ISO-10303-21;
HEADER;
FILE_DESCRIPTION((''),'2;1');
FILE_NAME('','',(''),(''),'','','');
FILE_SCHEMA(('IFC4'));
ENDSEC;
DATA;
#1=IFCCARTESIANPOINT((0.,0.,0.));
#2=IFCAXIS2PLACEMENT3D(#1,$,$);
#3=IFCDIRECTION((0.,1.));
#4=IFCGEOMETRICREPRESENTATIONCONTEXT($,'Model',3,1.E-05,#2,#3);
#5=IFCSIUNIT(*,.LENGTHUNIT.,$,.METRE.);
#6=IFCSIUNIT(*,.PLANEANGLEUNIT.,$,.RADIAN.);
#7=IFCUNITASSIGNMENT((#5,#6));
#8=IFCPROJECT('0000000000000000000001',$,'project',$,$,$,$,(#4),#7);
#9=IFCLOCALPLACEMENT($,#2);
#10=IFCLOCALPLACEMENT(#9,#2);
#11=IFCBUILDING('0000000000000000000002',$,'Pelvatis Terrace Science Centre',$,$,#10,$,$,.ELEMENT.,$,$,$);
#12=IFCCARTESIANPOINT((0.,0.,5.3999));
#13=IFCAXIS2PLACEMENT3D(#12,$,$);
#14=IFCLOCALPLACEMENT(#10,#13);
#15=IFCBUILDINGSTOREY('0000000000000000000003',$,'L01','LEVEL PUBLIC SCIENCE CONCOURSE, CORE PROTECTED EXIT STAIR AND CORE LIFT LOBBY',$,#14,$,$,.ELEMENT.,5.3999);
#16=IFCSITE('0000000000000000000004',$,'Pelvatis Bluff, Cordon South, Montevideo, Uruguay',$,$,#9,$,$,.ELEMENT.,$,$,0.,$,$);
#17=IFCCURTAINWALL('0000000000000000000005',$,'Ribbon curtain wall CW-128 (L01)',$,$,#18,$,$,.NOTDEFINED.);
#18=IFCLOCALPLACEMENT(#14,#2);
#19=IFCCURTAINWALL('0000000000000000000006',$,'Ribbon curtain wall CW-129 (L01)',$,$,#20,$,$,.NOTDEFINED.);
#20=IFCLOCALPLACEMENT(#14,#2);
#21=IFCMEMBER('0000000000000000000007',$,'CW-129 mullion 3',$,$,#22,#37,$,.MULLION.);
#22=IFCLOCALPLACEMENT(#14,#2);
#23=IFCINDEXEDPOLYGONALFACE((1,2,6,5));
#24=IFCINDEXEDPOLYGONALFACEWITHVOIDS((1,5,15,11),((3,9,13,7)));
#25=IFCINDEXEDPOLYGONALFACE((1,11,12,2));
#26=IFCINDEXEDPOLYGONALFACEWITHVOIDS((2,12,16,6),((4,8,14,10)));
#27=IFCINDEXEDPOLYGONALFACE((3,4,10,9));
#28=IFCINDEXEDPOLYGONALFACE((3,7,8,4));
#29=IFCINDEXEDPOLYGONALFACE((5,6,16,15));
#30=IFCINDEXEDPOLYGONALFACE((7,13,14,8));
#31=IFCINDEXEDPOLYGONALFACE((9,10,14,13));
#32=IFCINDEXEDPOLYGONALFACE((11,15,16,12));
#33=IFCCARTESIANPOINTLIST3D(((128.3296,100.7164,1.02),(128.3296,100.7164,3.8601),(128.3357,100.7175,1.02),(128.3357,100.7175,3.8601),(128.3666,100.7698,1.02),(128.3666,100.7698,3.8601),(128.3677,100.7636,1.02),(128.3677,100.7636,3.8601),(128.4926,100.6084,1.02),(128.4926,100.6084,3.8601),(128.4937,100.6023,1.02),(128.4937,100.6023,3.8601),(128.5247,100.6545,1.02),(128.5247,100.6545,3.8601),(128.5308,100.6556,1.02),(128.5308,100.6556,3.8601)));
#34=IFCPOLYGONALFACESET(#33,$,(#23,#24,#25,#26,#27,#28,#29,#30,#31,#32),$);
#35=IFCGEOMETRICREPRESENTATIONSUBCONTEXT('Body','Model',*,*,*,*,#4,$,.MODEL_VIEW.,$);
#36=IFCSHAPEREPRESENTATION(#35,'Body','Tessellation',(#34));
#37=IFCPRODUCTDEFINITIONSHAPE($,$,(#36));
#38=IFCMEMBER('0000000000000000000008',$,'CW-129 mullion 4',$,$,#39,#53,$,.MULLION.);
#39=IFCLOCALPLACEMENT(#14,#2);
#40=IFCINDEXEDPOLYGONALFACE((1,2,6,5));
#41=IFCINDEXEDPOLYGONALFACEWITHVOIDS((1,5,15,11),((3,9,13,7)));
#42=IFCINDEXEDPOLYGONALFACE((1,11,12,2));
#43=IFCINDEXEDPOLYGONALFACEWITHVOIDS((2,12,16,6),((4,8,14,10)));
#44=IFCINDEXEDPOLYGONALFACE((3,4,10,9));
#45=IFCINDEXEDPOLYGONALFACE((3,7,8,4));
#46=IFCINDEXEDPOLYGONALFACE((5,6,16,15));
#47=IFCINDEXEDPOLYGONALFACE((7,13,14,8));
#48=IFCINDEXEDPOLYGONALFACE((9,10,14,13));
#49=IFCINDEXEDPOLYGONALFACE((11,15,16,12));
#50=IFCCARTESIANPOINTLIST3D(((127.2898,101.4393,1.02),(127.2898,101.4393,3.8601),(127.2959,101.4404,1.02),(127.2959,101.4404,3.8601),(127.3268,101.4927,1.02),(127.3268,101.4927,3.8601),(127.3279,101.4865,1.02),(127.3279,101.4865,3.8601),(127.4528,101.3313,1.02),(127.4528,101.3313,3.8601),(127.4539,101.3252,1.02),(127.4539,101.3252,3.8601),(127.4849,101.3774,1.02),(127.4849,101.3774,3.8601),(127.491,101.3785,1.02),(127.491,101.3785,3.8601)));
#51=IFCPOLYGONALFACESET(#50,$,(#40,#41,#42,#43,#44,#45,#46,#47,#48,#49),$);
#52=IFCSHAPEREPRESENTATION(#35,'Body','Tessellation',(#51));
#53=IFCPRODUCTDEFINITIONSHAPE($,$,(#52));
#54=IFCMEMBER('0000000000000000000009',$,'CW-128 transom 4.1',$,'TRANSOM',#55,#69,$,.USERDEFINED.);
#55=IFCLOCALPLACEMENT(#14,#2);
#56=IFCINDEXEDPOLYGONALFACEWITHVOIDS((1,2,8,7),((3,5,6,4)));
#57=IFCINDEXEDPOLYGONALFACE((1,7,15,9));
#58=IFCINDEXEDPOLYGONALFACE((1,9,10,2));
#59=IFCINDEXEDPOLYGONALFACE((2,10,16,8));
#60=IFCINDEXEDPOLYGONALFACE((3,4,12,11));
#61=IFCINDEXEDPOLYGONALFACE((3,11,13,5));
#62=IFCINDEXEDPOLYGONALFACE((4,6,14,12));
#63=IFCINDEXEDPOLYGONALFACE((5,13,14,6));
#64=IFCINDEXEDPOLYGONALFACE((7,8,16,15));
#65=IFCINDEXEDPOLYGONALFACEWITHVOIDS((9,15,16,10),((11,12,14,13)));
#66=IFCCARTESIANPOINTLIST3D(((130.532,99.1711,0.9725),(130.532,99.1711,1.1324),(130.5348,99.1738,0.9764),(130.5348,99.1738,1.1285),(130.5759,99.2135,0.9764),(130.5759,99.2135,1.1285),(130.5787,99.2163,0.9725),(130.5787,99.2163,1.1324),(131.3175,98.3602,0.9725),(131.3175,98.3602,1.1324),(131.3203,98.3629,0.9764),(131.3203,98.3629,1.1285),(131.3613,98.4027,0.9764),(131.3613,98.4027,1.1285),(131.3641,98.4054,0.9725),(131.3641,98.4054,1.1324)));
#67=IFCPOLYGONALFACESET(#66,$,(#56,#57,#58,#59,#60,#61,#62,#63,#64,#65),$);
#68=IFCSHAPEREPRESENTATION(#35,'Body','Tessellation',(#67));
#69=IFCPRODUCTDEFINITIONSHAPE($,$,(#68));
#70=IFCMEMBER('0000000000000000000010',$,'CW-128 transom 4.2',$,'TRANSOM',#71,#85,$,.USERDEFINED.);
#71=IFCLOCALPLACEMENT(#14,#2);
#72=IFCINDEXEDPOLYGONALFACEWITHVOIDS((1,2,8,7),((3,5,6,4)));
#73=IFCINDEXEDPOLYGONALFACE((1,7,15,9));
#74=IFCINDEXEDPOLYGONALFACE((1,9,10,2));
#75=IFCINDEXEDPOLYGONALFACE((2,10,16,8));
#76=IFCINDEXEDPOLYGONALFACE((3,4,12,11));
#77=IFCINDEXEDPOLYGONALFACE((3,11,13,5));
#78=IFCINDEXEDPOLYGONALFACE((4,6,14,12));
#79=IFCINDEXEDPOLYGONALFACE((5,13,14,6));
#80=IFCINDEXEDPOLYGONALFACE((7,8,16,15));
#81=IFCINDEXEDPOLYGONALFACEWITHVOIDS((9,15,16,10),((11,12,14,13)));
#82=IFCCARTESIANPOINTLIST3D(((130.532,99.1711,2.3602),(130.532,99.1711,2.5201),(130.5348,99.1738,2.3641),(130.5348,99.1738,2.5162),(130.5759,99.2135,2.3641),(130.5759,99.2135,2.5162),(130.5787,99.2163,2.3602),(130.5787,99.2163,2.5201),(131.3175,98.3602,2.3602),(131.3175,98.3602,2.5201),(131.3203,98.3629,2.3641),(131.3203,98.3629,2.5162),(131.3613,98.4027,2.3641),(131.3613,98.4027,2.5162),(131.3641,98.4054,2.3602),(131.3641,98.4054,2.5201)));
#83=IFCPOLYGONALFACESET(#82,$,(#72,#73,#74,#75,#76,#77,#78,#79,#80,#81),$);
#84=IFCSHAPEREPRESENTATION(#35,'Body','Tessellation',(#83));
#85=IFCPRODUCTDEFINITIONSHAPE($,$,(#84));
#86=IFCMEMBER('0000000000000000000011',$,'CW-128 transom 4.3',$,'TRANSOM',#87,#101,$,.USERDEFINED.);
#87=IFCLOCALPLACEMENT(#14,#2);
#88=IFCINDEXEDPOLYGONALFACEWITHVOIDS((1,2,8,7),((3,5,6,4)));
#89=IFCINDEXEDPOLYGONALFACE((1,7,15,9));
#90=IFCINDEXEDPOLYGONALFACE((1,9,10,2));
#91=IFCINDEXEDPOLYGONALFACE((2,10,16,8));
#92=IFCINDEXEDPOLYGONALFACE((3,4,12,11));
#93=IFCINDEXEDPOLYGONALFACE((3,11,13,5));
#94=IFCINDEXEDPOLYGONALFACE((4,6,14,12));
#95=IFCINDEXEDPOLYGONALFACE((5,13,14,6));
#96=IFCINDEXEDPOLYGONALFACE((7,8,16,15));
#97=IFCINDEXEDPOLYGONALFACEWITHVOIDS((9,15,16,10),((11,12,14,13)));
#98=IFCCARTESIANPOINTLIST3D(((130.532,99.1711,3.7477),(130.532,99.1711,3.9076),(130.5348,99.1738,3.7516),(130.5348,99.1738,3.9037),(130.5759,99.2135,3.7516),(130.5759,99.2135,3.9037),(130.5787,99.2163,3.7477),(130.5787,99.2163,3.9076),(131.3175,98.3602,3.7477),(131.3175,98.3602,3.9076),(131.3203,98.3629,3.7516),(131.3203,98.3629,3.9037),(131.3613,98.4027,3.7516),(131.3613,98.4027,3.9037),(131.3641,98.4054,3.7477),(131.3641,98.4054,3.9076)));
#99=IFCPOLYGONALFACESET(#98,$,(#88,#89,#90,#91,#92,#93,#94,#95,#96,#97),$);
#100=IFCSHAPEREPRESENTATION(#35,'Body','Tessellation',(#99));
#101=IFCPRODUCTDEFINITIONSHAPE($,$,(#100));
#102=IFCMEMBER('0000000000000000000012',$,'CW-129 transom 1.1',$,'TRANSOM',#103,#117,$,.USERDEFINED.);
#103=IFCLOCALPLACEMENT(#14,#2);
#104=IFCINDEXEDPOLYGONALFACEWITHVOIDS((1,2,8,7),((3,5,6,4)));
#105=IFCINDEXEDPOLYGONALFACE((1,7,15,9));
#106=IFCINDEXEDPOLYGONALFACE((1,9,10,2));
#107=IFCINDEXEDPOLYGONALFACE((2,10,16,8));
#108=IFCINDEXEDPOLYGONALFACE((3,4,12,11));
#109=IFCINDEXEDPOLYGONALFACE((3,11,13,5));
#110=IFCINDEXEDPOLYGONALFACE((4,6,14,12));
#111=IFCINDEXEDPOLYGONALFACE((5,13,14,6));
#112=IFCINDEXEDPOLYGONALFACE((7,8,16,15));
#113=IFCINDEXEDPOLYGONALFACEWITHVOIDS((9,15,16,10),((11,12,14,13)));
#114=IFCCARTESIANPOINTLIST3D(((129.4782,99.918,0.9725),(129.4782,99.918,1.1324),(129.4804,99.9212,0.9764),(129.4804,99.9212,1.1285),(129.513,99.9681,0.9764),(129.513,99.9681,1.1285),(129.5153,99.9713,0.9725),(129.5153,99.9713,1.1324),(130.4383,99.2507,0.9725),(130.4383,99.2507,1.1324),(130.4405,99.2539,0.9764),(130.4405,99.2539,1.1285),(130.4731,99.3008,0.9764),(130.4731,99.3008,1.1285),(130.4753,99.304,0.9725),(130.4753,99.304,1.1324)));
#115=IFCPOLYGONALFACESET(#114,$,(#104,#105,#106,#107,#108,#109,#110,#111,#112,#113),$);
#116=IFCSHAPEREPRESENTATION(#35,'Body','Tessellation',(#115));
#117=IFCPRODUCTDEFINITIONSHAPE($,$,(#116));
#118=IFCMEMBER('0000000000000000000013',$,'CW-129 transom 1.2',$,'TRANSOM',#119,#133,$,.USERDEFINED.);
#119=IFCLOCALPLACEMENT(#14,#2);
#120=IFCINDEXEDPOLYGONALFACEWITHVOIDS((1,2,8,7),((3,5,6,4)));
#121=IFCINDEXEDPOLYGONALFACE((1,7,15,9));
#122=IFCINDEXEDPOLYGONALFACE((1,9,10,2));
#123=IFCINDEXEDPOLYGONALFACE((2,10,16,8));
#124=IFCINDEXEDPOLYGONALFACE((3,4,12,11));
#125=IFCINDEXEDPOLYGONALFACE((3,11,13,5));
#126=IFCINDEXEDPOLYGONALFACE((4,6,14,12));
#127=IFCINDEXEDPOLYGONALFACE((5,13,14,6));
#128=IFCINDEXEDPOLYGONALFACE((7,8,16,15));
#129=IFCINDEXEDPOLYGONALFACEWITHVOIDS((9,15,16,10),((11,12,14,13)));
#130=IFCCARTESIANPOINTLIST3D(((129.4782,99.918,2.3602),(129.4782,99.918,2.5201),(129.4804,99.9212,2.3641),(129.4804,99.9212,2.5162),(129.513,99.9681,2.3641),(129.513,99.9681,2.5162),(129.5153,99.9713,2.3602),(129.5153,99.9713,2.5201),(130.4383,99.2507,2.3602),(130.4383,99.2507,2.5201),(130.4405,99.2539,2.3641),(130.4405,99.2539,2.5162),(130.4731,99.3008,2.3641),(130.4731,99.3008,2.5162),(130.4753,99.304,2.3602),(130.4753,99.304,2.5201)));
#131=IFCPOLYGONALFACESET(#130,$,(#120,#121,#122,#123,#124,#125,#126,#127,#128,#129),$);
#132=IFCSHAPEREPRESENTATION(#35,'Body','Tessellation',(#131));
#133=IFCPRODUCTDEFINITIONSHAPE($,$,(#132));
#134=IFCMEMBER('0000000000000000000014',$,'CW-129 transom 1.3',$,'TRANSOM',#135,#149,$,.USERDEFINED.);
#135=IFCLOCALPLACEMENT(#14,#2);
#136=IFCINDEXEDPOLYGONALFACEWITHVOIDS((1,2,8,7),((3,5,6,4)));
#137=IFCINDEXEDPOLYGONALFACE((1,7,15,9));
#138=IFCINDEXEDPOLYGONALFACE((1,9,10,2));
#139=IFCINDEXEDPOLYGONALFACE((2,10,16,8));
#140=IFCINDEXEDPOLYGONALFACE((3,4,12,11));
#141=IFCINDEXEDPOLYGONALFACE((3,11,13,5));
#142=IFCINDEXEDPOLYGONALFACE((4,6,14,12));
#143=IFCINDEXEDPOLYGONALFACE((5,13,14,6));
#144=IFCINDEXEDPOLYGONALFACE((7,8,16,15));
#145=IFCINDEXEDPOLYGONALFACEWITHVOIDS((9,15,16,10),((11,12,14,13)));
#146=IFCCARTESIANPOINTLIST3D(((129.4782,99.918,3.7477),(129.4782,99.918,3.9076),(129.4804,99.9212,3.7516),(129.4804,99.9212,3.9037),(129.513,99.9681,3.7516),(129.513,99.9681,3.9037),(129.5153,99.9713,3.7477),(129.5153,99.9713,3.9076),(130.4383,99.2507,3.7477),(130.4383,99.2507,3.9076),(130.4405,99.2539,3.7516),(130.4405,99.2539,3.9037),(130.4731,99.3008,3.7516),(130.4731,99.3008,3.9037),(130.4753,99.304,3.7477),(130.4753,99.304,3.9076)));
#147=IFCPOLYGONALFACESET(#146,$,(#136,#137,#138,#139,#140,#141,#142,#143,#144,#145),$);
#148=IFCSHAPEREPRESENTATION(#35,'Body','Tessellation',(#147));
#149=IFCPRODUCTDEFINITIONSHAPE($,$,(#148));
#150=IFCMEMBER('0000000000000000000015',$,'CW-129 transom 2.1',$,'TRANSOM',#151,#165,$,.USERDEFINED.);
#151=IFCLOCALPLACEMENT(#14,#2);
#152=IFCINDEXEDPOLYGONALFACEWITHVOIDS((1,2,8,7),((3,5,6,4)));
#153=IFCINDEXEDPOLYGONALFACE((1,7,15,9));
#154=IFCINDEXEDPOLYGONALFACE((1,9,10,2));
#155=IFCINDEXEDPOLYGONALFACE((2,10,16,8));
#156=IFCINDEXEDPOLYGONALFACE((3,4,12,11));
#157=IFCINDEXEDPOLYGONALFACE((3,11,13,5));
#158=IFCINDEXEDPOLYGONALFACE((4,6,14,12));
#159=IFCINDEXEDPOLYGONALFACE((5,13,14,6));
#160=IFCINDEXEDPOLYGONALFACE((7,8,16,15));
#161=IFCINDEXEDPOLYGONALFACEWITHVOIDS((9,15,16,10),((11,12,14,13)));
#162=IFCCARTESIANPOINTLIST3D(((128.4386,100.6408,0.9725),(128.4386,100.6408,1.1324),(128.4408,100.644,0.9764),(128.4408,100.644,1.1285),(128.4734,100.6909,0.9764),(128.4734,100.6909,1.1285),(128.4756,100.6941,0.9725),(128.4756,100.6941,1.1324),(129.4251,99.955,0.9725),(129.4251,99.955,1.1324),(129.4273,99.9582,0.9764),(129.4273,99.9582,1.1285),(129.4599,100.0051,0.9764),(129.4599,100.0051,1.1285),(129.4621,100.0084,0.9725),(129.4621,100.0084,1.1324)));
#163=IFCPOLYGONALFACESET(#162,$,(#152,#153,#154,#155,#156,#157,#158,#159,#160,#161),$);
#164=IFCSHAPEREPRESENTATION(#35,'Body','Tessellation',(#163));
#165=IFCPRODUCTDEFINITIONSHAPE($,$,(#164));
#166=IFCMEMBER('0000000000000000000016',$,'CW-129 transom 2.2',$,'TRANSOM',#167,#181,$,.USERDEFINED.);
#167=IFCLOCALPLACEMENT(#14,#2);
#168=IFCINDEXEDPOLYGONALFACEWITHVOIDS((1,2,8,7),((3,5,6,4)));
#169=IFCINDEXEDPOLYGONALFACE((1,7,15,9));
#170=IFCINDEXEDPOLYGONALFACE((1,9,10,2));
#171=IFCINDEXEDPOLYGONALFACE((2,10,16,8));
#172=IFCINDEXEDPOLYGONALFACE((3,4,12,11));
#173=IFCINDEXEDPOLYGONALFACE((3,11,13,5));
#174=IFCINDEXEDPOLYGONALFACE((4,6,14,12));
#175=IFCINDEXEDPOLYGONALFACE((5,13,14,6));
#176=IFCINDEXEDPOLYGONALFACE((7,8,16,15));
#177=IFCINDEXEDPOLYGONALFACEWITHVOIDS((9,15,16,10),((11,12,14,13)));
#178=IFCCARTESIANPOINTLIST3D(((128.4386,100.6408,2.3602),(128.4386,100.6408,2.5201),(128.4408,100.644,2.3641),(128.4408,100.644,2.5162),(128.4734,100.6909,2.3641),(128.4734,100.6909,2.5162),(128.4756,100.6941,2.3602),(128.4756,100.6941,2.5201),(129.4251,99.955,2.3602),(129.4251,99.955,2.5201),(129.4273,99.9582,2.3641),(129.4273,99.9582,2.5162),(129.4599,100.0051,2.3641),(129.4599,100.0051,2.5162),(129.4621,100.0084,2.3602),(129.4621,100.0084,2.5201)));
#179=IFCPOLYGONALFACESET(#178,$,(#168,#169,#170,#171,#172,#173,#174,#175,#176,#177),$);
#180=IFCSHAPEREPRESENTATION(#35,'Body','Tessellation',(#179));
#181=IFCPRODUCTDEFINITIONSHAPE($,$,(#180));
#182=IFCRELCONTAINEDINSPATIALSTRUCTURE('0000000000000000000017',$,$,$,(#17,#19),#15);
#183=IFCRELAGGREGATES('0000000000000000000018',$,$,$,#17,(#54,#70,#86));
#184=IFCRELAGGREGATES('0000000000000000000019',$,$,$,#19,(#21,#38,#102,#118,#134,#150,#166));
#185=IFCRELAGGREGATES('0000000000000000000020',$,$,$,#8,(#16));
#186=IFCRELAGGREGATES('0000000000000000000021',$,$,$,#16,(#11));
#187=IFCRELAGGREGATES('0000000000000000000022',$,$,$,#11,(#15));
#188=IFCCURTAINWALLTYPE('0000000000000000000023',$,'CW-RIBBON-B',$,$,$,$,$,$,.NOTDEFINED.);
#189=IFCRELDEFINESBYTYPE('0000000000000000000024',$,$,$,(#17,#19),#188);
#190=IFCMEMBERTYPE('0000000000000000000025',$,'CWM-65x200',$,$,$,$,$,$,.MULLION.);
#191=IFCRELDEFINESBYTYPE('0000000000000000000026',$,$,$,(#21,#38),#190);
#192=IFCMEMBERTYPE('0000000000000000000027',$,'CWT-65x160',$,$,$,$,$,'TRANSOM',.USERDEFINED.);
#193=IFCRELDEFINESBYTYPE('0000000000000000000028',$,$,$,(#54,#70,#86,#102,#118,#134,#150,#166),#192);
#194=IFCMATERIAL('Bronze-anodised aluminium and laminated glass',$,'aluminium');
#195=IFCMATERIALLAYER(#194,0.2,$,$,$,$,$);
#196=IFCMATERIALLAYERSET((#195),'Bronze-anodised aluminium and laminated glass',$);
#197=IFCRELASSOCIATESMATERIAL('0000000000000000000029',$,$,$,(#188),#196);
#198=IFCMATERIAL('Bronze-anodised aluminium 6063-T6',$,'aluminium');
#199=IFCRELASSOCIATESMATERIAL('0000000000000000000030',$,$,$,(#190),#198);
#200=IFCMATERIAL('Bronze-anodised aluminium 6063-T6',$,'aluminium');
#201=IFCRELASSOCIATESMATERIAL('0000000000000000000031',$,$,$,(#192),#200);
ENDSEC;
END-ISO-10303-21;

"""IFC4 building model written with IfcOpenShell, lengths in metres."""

from ifc_helpers import new_model, si_unit, direction, frame, origin, origin_2d, place, context, subcontext, project, spatial, hollow_rectangle, extrude, material, layer, layer_set, material_profile, profile_set, type_object, element, aggregate, save


model = new_model("IFC4")

# Units and contexts
model_context = context("Model", 3, precision=1e-05, world=origin(), true_north=direction((0.0, 1.0)))
body_context = subcontext(model_context, "Body", "Model", "MODEL_VIEW")
ifc_project = project(units=[si_unit("LENGTHUNIT", "METRE"), si_unit("PLANEANGLEUNIT", "RADIAN")], contexts=[model_context])

# Site, building, storey
site_placement = place(None, origin())
site = spatial("IfcSite", under=ifc_project, at=site_placement, Name="Pelvatis Bluff, Cordon South, Montevideo, Uruguay", CompositionType="ELEMENT", RefElevation=0.0)
building_placement = place(site_placement, origin())
building = spatial("IfcBuilding", under=site, at=building_placement, Name="Pelvatis Terrace Science Centre", CompositionType="ELEMENT")
storey_placement = place(building_placement, frame((0.0, 0.0, 5.3999)))
storey = spatial("IfcBuildingStorey", under=building, at=storey_placement, Name="L01", Description="LEVEL PUBLIC SCIENCE CONCOURSE, CORE PROTECTED EXIT STAIR AND CORE LIFT LOBBY", CompositionType="ELEMENT", Elevation=5.3999)

# Curtain walls, members
ifc_material_1 = material(Name="Bronze-anodised aluminium and laminated glass", Category="aluminium")
ifc_layer_1 = layer(ifc_material_1, 0.2)
ifc_layer_set_1 = layer_set([ifc_layer_1], Name="Bronze-anodised aluminium and laminated glass")
curtain_wall_type = type_object("IfcCurtainWallType", Name="CW-RIBBON-B", PredefinedType="NOTDEFINED", material=ifc_layer_set_1)
curtain_wall_1_placement = place(storey_placement, origin())
curtain_wall_1 = element("IfcCurtainWall", 1, at=curtain_wall_1_placement, inside=storey, type_object=curtain_wall_type, Name="Ribbon curtain wall CW-128 (L01)", PredefinedType="NOTDEFINED")
ifc_material_2 = material(Name="Bronze-anodised aluminium 6063-T6", Category="aluminium")
ifc_material_profile_1 = material_profile(ifc_material_2, hollow_rectangle(XDim=0.0649, YDim=0.2, WallThickness=0.0044, at=origin_2d()), Name="ALU-MUL 65x200")
ifc_profile_set_1 = profile_set([ifc_material_profile_1], Name="Bronze-anodised aluminium 6063-T6")
member_type_1 = type_object("IfcMemberType", Name="CWM-65x200", PredefinedType="MULLION", material=ifc_profile_set_1)
curtain_wall_2_placement = place(storey_placement, origin())
curtain_wall_2 = element("IfcCurtainWall", 2, at=curtain_wall_2_placement, inside=storey, type_object=curtain_wall_type, Name="Ribbon curtain wall CW-129 (L01)", PredefinedType="NOTDEFINED")
member_1_placement = place(storey_placement, frame((128.4302, 100.686, 1.02), z_axis=(0.0, 0.0, 1.0), x_axis=(-0.570771, -0.821109, 0.0)))
member_1 = element("IfcMember", 3, at=member_1_placement, type_object=member_type_1, Name="CW-129 mullion 3", PredefinedType="MULLION", context=body_context, shape_type="SweptSolid", body=[
    extrude(hollow_rectangle(XDim=0.0649, YDim=0.2, WallThickness=0.0044, at=origin_2d()), origin(), (0.0, 0.0, 1.0), 2.8401),
])
member_2_placement = place(storey_placement, frame((127.3904, 101.4089, 1.02), z_axis=(0.0, 0.0, 1.0), x_axis=(-0.570771, -0.821109, 0.0)))
member_2 = element("IfcMember", 4, at=member_2_placement, type_object=member_type_1, Name="CW-129 mullion 4", PredefinedType="MULLION", context=body_context, shape_type="SweptSolid", body=[
    extrude(hollow_rectangle(XDim=0.0649, YDim=0.2, WallThickness=0.0044, at=origin_2d()), origin(), (0.0, 0.0, 1.0), 2.8401),
])

# Members
ifc_material_3 = material(Name="Bronze-anodised aluminium 6063-T6", Category="aluminium")
ifc_material_profile_2 = material_profile(ifc_material_3, hollow_rectangle(XDim=0.0649, YDim=0.1599, WallThickness=0.0039, at=origin_2d()), Name="ALU-TRN 65x160")
ifc_profile_set_2 = profile_set([ifc_material_profile_2], Name="Bronze-anodised aluminium 6063-T6")
member_type_2 = type_object("IfcMemberType", Name="CWT-65x160", ElementType="TRANSOM", PredefinedType="USERDEFINED", material=ifc_profile_set_2)
member_3_placement = place(storey_placement, frame((131.3408, 98.3828, 1.0525), z_axis=(-0.695771, 0.718264, 0.0), x_axis=(-0.718264, -0.695771, 0.0)))
member_3 = element("IfcMember", 5, at=member_3_placement, type_object=member_type_2, Name="CW-128 transom 4.1", ObjectType="TRANSOM", PredefinedType="USERDEFINED", context=body_context, shape_type="SweptSolid", body=[
    extrude(hollow_rectangle(XDim=0.0649, YDim=0.1599, WallThickness=0.0039, at=origin_2d()), origin(), (0.0, 0.0, 1.0), 1.1289),
])
member_4_placement = place(storey_placement, frame((131.3408, 98.3828, 2.4402), z_axis=(-0.695771, 0.718264, 0.0), x_axis=(-0.718264, -0.695771, 0.0)))
member_4 = element("IfcMember", 6, at=member_4_placement, type_object=member_type_2, Name="CW-128 transom 4.2", ObjectType="TRANSOM", PredefinedType="USERDEFINED", context=body_context, shape_type="SweptSolid", body=[
    extrude(hollow_rectangle(XDim=0.0649, YDim=0.1599, WallThickness=0.0039, at=origin_2d()), origin(), (0.0, 0.0, 1.0), 1.1289),
])
member_5_placement = place(storey_placement, frame((131.3408, 98.3828, 3.8276), z_axis=(-0.695771, 0.718264, 0.0), x_axis=(-0.718264, -0.695771, 0.0)))
member_5 = element("IfcMember", 7, at=member_5_placement, type_object=member_type_2, Name="CW-128 transom 4.3", ObjectType="TRANSOM", PredefinedType="USERDEFINED", context=body_context, shape_type="SweptSolid", body=[
    extrude(hollow_rectangle(XDim=0.0649, YDim=0.1599, WallThickness=0.0039, at=origin_2d()), origin(), (0.0, 0.0, 1.0), 1.1289),
])
member_6_placement = place(storey_placement, frame((130.4568, 99.2773, 1.0525), z_axis=(-0.821131, 0.57074, 0.0), x_axis=(-0.57074, -0.821131, 0.0)))
member_6 = element("IfcMember", 8, at=member_6_placement, type_object=member_type_2, Name="CW-129 transom 1.1", ObjectType="TRANSOM", PredefinedType="USERDEFINED", context=body_context, shape_type="SweptSolid", body=[
    extrude(hollow_rectangle(XDim=0.0649, YDim=0.1599, WallThickness=0.0039, at=origin_2d()), origin(), (0.0, 0.0, 1.0), 1.1692),
])
member_7_placement = place(storey_placement, frame((130.4568, 99.2773, 2.4402), z_axis=(-0.821131, 0.57074, 0.0), x_axis=(-0.57074, -0.821131, 0.0)))
member_7 = element("IfcMember", 9, at=member_7_placement, type_object=member_type_2, Name="CW-129 transom 1.2", ObjectType="TRANSOM", PredefinedType="USERDEFINED", context=body_context, shape_type="SweptSolid", body=[
    extrude(hollow_rectangle(XDim=0.0649, YDim=0.1599, WallThickness=0.0039, at=origin_2d()), origin(), (0.0, 0.0, 1.0), 1.1692),
])
member_8_placement = place(storey_placement, frame((130.4568, 99.2773, 3.8276), z_axis=(-0.821131, 0.57074, 0.0), x_axis=(-0.57074, -0.821131, 0.0)))
member_8 = element("IfcMember", 10, at=member_8_placement, type_object=member_type_2, Name="CW-129 transom 1.3", ObjectType="TRANSOM", PredefinedType="USERDEFINED", context=body_context, shape_type="SweptSolid", body=[
    extrude(hollow_rectangle(XDim=0.0649, YDim=0.1599, WallThickness=0.0039, at=origin_2d()), origin(), (0.0, 0.0, 1.0), 1.1692),
])
member_9_placement = place(storey_placement, frame((129.4436, 99.9817, 1.0525), z_axis=(-0.821108, 0.570773, 0.0), x_axis=(-0.570773, -0.821108, 0.0)))
member_9 = element("IfcMember", 11, at=member_9_placement, type_object=member_type_2, Name="CW-129 transom 2.1", ObjectType="TRANSOM", PredefinedType="USERDEFINED", context=body_context, shape_type="SweptSolid", body=[
    extrude(hollow_rectangle(XDim=0.0649, YDim=0.1599, WallThickness=0.0039, at=origin_2d()), origin(), (0.0, 0.0, 1.0), 1.2014),
])
member_10_placement = place(storey_placement, frame((129.4436, 99.9817, 2.4402), z_axis=(-0.821108, 0.570773, 0.0), x_axis=(-0.570773, -0.821108, 0.0)))
member_10 = element("IfcMember", 12, at=member_10_placement, type_object=member_type_2, Name="CW-129 transom 2.2", ObjectType="TRANSOM", PredefinedType="USERDEFINED", context=body_context, shape_type="SweptSolid", body=[
    extrude(hollow_rectangle(XDim=0.0649, YDim=0.1599, WallThickness=0.0039, at=origin_2d()), origin(), (0.0, 0.0, 1.0), 1.2014),
])

aggregate(curtain_wall_1, [member_3, member_4, member_5])
aggregate(curtain_wall_2, [member_1, member_2, member_6, member_7, member_8, member_9, member_10])

save(model, "model.ifc")
